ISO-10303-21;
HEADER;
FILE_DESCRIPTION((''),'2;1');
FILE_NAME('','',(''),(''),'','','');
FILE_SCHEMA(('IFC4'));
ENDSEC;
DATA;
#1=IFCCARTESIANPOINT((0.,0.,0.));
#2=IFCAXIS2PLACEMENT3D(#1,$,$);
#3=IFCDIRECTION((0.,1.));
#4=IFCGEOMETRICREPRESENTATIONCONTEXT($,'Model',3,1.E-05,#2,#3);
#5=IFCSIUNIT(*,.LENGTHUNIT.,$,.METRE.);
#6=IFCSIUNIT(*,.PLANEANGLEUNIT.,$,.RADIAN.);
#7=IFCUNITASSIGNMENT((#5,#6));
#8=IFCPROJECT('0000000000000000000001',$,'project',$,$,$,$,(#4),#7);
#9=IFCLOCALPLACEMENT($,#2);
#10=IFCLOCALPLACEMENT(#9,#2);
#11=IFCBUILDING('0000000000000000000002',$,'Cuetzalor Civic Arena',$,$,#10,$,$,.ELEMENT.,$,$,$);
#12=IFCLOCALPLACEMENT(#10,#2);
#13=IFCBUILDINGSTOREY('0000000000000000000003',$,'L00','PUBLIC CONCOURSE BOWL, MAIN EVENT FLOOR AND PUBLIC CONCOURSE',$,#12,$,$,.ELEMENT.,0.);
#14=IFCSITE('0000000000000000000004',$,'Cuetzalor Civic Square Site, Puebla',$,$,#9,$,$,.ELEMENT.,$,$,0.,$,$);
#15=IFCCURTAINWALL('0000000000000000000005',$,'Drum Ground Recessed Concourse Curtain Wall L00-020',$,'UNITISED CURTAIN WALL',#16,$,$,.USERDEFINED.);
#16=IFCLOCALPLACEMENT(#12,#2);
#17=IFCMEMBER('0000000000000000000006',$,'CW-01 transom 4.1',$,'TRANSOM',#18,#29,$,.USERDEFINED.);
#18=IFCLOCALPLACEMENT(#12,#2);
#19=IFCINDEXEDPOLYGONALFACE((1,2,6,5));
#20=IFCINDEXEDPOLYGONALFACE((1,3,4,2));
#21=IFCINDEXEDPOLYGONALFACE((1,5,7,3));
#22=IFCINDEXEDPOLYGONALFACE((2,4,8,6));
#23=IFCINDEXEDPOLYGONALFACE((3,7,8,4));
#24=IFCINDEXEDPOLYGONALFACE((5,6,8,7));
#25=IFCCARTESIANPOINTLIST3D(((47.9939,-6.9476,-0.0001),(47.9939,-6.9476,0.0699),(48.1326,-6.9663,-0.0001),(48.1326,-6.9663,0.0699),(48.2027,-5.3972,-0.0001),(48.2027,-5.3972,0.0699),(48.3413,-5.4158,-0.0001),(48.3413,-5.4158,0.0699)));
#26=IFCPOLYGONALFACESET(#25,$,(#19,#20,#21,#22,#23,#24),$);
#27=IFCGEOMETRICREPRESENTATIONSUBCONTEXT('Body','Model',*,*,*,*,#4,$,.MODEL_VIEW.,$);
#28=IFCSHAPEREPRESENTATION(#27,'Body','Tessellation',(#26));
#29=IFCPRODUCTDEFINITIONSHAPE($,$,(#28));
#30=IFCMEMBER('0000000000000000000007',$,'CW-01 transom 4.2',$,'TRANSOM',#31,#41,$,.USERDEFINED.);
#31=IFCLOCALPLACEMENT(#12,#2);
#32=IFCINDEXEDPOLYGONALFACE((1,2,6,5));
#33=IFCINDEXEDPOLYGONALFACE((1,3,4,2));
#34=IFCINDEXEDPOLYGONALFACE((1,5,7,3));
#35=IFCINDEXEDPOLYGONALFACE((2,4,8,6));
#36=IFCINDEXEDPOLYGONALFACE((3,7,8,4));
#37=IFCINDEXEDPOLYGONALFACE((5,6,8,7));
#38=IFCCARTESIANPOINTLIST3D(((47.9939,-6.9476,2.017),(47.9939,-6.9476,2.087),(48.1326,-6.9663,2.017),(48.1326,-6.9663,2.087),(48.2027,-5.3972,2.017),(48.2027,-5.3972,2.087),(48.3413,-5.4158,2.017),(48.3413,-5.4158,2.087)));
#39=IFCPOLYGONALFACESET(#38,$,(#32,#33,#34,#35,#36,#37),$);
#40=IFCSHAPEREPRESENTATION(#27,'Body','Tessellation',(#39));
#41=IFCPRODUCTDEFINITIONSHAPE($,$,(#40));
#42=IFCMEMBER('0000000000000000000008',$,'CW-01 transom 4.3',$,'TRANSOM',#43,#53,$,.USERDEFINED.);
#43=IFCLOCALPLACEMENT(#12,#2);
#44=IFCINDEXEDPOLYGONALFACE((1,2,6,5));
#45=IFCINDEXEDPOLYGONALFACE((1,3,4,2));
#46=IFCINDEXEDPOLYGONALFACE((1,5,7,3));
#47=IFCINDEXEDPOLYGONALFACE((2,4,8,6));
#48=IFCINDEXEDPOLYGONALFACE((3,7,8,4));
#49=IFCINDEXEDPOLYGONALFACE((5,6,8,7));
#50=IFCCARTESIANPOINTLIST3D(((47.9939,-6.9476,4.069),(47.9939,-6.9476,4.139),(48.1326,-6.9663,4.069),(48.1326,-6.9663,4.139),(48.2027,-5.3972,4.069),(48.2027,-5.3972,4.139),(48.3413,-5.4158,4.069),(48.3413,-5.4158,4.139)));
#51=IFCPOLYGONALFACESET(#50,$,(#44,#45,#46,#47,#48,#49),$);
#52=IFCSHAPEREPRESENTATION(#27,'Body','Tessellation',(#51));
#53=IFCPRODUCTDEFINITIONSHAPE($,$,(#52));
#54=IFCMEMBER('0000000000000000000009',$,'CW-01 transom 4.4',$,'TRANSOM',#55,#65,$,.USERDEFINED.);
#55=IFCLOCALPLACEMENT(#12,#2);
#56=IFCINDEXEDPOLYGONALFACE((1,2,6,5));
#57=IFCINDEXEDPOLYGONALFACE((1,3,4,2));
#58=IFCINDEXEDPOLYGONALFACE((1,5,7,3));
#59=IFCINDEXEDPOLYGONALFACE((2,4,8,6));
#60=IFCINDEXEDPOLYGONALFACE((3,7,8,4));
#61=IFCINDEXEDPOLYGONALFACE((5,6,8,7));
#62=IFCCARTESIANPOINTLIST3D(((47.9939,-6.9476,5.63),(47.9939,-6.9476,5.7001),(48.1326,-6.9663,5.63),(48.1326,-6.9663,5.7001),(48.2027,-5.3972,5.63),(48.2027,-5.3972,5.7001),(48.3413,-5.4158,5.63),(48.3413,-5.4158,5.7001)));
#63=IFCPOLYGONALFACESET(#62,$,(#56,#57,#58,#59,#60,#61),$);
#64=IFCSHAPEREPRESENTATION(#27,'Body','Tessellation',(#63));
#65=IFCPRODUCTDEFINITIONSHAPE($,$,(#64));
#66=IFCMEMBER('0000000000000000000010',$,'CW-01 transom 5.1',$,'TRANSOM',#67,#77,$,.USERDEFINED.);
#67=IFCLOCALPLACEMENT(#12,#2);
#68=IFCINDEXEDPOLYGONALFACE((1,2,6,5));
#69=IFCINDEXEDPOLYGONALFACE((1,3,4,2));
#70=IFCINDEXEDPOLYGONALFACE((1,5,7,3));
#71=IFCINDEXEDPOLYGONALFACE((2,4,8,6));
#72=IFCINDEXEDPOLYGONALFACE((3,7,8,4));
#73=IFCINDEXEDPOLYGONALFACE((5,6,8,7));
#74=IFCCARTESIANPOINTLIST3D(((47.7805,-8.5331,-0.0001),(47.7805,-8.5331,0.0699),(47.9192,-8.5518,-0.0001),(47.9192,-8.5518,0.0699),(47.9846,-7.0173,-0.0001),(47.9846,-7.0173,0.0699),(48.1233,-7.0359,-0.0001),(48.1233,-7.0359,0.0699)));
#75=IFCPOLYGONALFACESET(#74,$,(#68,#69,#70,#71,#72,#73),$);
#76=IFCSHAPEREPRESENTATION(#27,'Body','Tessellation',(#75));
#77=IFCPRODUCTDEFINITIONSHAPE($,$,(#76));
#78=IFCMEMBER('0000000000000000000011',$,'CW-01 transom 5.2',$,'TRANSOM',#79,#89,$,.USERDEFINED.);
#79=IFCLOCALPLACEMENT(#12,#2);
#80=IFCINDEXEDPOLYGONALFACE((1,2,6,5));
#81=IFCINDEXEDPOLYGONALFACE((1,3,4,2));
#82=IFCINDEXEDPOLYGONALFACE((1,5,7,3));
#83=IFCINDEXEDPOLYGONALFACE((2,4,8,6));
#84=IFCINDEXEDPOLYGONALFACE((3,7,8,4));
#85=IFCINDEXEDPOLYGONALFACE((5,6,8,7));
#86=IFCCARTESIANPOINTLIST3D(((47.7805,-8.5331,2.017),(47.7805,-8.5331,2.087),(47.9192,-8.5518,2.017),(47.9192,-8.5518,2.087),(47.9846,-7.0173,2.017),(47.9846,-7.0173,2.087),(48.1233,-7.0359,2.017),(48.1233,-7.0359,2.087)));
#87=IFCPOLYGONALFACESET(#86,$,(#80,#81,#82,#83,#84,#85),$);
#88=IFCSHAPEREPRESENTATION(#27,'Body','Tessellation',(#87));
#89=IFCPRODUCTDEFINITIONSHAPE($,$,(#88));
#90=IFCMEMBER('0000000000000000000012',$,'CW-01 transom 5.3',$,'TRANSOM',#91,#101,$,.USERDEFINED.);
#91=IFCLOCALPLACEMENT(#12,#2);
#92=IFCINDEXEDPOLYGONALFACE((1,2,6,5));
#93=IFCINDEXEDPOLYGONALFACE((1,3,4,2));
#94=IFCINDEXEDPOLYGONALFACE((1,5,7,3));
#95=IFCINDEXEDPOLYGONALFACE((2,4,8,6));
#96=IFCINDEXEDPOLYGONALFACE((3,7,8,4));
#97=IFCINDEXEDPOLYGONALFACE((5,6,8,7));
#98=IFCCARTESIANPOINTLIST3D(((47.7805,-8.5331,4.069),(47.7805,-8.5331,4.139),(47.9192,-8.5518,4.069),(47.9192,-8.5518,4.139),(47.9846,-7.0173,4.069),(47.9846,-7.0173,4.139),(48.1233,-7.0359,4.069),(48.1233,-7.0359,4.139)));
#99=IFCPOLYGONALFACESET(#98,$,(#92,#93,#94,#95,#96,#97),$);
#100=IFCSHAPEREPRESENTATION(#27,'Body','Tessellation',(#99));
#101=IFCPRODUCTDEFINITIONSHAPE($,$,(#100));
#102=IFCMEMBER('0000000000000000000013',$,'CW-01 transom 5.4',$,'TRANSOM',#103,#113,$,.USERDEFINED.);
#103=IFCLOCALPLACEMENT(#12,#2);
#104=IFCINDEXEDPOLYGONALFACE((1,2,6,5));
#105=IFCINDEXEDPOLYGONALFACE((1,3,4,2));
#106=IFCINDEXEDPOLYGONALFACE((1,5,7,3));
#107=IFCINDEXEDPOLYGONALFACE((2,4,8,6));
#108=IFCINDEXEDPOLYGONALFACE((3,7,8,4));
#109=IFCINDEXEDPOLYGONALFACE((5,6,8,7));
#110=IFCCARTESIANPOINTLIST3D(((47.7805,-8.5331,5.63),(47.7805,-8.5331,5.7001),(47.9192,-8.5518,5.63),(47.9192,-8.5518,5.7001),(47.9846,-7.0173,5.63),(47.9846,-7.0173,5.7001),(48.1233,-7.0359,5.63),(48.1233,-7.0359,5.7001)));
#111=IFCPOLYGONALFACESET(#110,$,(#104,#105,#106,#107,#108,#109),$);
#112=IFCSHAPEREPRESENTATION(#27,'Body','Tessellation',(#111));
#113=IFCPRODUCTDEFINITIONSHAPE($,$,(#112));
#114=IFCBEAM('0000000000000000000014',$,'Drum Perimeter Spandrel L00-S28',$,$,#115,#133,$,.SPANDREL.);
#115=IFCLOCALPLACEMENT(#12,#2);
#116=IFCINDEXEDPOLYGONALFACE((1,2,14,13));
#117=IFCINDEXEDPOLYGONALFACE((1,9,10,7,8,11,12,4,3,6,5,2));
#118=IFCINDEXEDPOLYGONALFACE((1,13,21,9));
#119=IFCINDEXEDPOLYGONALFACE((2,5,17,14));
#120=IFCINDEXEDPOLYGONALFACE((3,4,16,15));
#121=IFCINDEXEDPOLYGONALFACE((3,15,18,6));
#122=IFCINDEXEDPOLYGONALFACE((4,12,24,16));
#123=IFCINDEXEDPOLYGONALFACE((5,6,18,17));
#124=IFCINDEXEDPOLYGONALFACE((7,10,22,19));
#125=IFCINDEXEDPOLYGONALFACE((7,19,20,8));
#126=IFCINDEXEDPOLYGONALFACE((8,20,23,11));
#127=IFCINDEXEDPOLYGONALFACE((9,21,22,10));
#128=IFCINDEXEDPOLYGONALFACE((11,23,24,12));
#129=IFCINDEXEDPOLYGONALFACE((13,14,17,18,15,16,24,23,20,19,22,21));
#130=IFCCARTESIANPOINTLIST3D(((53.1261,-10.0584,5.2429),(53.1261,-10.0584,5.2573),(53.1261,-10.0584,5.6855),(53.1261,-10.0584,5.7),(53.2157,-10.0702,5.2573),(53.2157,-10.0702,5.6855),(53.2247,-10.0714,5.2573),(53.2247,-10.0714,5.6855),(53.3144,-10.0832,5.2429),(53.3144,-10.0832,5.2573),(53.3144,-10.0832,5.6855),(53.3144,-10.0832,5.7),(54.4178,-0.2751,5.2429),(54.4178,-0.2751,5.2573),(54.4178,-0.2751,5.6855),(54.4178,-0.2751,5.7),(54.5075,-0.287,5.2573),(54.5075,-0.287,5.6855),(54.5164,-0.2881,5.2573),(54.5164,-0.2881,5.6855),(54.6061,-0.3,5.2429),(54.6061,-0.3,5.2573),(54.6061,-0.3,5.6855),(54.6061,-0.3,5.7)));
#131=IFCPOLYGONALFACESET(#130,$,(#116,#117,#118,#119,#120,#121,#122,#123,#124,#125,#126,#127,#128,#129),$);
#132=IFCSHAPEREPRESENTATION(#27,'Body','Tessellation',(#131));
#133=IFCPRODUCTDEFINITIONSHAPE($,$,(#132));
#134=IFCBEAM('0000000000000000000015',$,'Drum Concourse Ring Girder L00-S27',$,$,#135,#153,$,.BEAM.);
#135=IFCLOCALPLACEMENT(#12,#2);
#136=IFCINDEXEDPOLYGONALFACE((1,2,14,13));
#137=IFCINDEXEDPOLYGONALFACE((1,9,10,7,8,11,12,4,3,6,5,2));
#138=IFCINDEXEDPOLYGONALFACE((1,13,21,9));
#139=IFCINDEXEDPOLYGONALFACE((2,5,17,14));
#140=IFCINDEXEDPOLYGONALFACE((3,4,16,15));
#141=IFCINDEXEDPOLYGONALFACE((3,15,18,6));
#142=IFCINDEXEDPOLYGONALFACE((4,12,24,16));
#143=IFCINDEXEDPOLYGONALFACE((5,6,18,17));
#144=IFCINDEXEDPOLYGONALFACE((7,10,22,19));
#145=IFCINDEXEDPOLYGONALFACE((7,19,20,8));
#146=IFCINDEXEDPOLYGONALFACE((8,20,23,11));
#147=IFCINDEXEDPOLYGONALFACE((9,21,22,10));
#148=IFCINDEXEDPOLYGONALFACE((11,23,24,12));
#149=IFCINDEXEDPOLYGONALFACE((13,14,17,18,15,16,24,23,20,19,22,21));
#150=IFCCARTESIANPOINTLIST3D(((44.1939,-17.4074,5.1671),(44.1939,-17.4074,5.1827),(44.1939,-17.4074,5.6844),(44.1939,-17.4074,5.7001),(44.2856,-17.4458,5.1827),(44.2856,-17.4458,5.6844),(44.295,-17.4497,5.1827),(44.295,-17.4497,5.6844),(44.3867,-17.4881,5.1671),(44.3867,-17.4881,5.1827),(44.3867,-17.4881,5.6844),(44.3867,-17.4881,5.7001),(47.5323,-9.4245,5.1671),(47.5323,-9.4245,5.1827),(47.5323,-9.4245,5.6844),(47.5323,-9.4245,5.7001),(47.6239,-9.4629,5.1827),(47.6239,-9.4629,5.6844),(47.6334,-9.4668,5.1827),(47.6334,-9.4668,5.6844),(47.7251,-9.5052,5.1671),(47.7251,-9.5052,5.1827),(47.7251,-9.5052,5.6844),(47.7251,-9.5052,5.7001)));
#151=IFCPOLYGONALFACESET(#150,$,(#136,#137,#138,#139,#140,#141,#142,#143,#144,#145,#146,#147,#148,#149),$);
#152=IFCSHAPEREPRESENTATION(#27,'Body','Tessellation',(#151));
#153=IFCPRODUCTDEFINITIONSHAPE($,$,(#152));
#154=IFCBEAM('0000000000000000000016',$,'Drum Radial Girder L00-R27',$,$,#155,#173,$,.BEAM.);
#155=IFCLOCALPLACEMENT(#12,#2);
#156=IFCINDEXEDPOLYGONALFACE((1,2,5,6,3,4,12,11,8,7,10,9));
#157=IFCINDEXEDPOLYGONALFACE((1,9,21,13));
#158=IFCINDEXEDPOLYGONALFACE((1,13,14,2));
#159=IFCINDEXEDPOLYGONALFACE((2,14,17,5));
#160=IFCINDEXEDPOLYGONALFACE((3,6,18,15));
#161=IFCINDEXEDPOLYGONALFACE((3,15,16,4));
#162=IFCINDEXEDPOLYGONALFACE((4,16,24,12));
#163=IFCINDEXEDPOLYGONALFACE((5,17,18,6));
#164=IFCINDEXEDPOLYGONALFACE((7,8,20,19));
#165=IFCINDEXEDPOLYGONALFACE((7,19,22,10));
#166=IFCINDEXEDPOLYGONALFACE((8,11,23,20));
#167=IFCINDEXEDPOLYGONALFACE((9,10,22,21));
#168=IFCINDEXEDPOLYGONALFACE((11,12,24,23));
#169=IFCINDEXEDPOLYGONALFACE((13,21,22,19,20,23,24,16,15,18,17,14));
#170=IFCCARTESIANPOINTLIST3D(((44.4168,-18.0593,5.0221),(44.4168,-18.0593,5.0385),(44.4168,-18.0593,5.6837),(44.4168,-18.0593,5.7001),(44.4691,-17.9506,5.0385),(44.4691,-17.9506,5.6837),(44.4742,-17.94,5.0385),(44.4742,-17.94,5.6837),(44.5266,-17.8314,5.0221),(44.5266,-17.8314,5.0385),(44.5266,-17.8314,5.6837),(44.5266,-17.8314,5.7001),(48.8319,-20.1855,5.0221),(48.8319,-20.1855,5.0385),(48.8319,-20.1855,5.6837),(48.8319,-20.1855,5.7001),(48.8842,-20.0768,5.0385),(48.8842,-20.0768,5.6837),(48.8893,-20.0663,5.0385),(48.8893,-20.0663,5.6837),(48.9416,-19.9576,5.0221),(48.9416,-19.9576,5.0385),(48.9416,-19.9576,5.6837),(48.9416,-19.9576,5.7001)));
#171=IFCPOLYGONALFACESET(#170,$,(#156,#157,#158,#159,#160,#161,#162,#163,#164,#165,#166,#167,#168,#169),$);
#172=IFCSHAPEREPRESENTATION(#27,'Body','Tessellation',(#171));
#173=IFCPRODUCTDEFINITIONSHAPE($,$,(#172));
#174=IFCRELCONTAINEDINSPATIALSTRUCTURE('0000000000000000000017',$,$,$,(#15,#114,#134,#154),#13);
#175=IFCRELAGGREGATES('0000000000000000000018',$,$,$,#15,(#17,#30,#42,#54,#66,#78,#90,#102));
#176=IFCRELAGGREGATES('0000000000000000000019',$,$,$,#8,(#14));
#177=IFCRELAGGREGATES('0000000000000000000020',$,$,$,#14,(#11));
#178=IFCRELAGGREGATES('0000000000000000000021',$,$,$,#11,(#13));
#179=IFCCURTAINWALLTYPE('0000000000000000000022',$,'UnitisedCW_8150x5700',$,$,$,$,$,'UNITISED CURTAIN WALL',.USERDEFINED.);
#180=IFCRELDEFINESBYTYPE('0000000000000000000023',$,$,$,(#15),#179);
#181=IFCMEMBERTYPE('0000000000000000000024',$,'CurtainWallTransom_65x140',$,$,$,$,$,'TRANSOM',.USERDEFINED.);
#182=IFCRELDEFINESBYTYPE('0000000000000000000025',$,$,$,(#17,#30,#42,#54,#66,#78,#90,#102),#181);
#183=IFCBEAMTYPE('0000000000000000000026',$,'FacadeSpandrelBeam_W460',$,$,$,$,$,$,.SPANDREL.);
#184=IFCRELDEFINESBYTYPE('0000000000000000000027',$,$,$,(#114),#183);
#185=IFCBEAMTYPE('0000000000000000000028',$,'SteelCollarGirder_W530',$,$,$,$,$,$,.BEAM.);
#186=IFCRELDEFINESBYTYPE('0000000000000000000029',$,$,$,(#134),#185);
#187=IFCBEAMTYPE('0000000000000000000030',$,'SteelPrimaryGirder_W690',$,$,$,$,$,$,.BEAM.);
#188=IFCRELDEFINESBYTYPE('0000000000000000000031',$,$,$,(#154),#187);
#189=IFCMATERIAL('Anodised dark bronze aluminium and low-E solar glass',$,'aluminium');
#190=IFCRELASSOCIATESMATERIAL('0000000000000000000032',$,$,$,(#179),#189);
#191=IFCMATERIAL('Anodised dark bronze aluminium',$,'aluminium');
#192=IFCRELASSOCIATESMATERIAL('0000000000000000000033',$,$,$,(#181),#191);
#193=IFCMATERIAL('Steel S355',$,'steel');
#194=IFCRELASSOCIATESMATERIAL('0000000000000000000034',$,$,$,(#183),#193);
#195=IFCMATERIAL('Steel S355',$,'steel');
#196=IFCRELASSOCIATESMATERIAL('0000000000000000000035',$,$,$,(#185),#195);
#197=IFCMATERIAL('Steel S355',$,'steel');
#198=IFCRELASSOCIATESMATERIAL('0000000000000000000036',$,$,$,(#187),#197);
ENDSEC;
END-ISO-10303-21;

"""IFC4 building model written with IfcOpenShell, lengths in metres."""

from ifc_helpers import new_model, si_unit, direction, frame, origin, origin_2d, place, context, subcontext, project, spatial, rectangle, i_section, extrude, material, material_profile, profile_set, type_object, element, aggregate, save


model = new_model("IFC4")

# Units and contexts
model_context = context("Model", 3, precision=1e-05, world=origin(), true_north=direction((0.0, 1.0)))
body_context = subcontext(model_context, "Body", "Model", "MODEL_VIEW")
ifc_project = project(units=[si_unit("LENGTHUNIT", "METRE"), si_unit("PLANEANGLEUNIT", "RADIAN")], contexts=[model_context])

# Site, building, storey
site_placement = place(None, origin())
site = spatial("IfcSite", under=ifc_project, at=site_placement, Name="Cuetzalor Civic Square Site, Puebla", CompositionType="ELEMENT", RefElevation=0.0)
building_placement = place(site_placement, origin())
building = spatial("IfcBuilding", under=site, at=building_placement, Name="Cuetzalor Civic Arena", CompositionType="ELEMENT")
storey_placement = place(building_placement, origin())
storey = spatial("IfcBuildingStorey", under=building, at=storey_placement, Name="L00", Description="PUBLIC CONCOURSE BOWL, MAIN EVENT FLOOR AND PUBLIC CONCOURSE", CompositionType="ELEMENT", Elevation=0.0)

# Curtain wall
ifc_material_1 = material(Name="Anodised dark bronze aluminium and low-E solar glass", Category="aluminium")
curtain_wall_type_1 = type_object("IfcCurtainWallType", Name="UnitisedCW_8150x5700", ElementType="UNITISED CURTAIN WALL", PredefinedType="USERDEFINED", material=ifc_material_1)
curtain_wall_1_placement = place(storey_placement, origin())
curtain_wall_1 = element("IfcCurtainWall", 1, at=curtain_wall_1_placement, inside=storey, type_object=curtain_wall_type_1, Name="Drum Ground Recessed Concourse Curtain Wall L00-020", ObjectType="UNITISED CURTAIN WALL", PredefinedType="USERDEFINED")

# Members
ifc_material_2 = material(Name="Anodised dark bronze aluminium", Category="aluminium")
ifc_material_profile_1 = material_profile(ifc_material_2, rectangle(XDim=0.1399, YDim=0.0701, at=origin_2d()), Name="ALU TRANSOM 70x140")
ifc_profile_set_1 = profile_set([ifc_material_profile_1], Name="Anodised dark bronze aluminium")
member_type_1 = type_object("IfcMemberType", Name="CurtainWallTransom_65x140", ElementType="TRANSOM", PredefinedType="USERDEFINED", material=ifc_profile_set_1)
member_1_placement = place(storey_placement, frame((48.272, -5.4065, 0.0349), z_axis=(-0.133421, -0.991059, 0.0), x_axis=(0.991059, -0.133421, 0.0)))
member_1 = element("IfcMember", 2, at=member_1_placement, type_object=member_type_1, Name="CW-01 transom 4.1", ObjectType="TRANSOM", PredefinedType="USERDEFINED", context=body_context, shape_type="SweptSolid", body=[
    extrude(rectangle(XDim=0.1399, YDim=0.0701, at=origin_2d()), origin(), (0.0, 0.0, 1.0), 1.5645),
])
member_2_placement = place(storey_placement, frame((48.272, -5.4065, 2.052), z_axis=(-0.133421, -0.991059, 0.0), x_axis=(0.991059, -0.133421, 0.0)))
member_2 = element("IfcMember", 3, at=member_2_placement, type_object=member_type_1, Name="CW-01 transom 4.2", ObjectType="TRANSOM", PredefinedType="USERDEFINED", context=body_context, shape_type="SweptSolid", body=[
    extrude(rectangle(XDim=0.1399, YDim=0.0701, at=origin_2d()), origin(), (0.0, 0.0, 1.0), 1.5645),
])
member_3_placement = place(storey_placement, frame((48.272, -5.4065, 4.104), z_axis=(-0.133421, -0.991059, 0.0), x_axis=(0.991059, -0.133421, 0.0)))
member_3 = element("IfcMember", 4, at=member_3_placement, type_object=member_type_1, Name="CW-01 transom 4.3", ObjectType="TRANSOM", PredefinedType="USERDEFINED", context=body_context, shape_type="SweptSolid", body=[
    extrude(rectangle(XDim=0.1399, YDim=0.0701, at=origin_2d()), origin(), (0.0, 0.0, 1.0), 1.5645),
])
member_4_placement = place(storey_placement, frame((48.272, -5.4065, 5.665), z_axis=(-0.133421, -0.991059, 0.0), x_axis=(0.991059, -0.133421, 0.0)))
member_4 = element("IfcMember", 5, at=member_4_placement, type_object=member_type_1, Name="CW-01 transom 4.4", ObjectType="TRANSOM", PredefinedType="USERDEFINED", context=body_context, shape_type="SweptSolid", body=[
    extrude(rectangle(XDim=0.1399, YDim=0.0701, at=origin_2d()), origin(), (0.0, 0.0, 1.0), 1.5645),
])
member_5_placement = place(storey_placement, frame((48.054, -7.0266, 0.0349), z_axis=(-0.133439, -0.991057, 0.0), x_axis=(0.991057, -0.133439, 0.0)))
member_5 = element("IfcMember", 6, at=member_5_placement, type_object=member_type_1, Name="CW-01 transom 5.1", ObjectType="TRANSOM", PredefinedType="USERDEFINED", context=body_context, shape_type="SweptSolid", body=[
    extrude(rectangle(XDim=0.1399, YDim=0.0701, at=origin_2d()), origin(), (0.0, 0.0, 1.0), 1.5295),
])
member_6_placement = place(storey_placement, frame((48.054, -7.0266, 2.052), z_axis=(-0.133439, -0.991057, 0.0), x_axis=(0.991057, -0.133439, 0.0)))
member_6 = element("IfcMember", 7, at=member_6_placement, type_object=member_type_1, Name="CW-01 transom 5.2", ObjectType="TRANSOM", PredefinedType="USERDEFINED", context=body_context, shape_type="SweptSolid", body=[
    extrude(rectangle(XDim=0.1399, YDim=0.0701, at=origin_2d()), origin(), (0.0, 0.0, 1.0), 1.5295),
])
member_7_placement = place(storey_placement, frame((48.054, -7.0266, 4.104), z_axis=(-0.133439, -0.991057, 0.0), x_axis=(0.991057, -0.133439, 0.0)))
member_7 = element("IfcMember", 8, at=member_7_placement, type_object=member_type_1, Name="CW-01 transom 5.3", ObjectType="TRANSOM", PredefinedType="USERDEFINED", context=body_context, shape_type="SweptSolid", body=[
    extrude(rectangle(XDim=0.1399, YDim=0.0701, at=origin_2d()), origin(), (0.0, 0.0, 1.0), 1.5295),
])
member_8_placement = place(storey_placement, frame((48.054, -7.0266, 5.665), z_axis=(-0.133439, -0.991057, 0.0), x_axis=(0.991057, -0.133439, 0.0)))
member_8 = element("IfcMember", 9, at=member_8_placement, type_object=member_type_1, Name="CW-01 transom 5.4", ObjectType="TRANSOM", PredefinedType="USERDEFINED", context=body_context, shape_type="SweptSolid", body=[
    extrude(rectangle(XDim=0.1399, YDim=0.0701, at=origin_2d()), origin(), (0.0, 0.0, 1.0), 1.5295),
])

# Beams
ifc_material_3 = material(Name="Steel S355", Category="steel")
ifc_material_profile_2 = material_profile(ifc_material_3, i_section(OverallWidth=0.1899, OverallDepth=0.457, WebThickness=0.009, FlangeThickness=0.0144, at=origin_2d()), Name="W460x74")
ifc_profile_set_2 = profile_set([ifc_material_profile_2], Name="Steel S355")
beam_type_1 = type_object("IfcBeamType", Name="FacadeSpandrelBeam_W460", PredefinedType="SPANDREL", material=ifc_profile_set_2)
beam_1_placement = place(storey_placement, frame((53.2202, -10.0708, 5.4714), z_axis=(0.130901, 0.991395, 0.0), x_axis=(-0.991395, 0.130901, 0.0)))
element("IfcBeam", 10, at=beam_1_placement, inside=storey, type_object=beam_type_1, Name="Drum Perimeter Spandrel L00-S28", PredefinedType="SPANDREL", context=body_context, shape_type="SweptSolid", body=[
    extrude(i_section(OverallWidth=0.1899, OverallDepth=0.457, WebThickness=0.009, FlangeThickness=0.0144, at=origin_2d()), origin(), (0.0, 0.0, 1.0), 9.8682),
])
ifc_material_4 = material(Name="Steel S355", Category="steel")
ifc_material_profile_3 = material_profile(ifc_material_4, i_section(OverallWidth=0.209, OverallDepth=0.533, WebThickness=0.0103, FlangeThickness=0.0156, at=origin_2d()), Name="W530x92")
ifc_profile_set_3 = profile_set([ifc_material_profile_3], Name="Steel S355")
beam_type_2 = type_object("IfcBeamType", Name="SteelCollarGirder_W530", PredefinedType="BEAM", material=ifc_profile_set_3)
beam_2_placement = place(storey_placement, frame((44.2903, -17.4478, 5.4336), z_axis=(0.385813, 0.922577, 0.0), x_axis=(-0.922577, 0.385813, 0.0)))
element("IfcBeam", 11, at=beam_2_placement, inside=storey, type_object=beam_type_2, Name="Drum Concourse Ring Girder L00-S27", PredefinedType="BEAM", context=body_context, shape_type="SweptSolid", body=[
    extrude(i_section(OverallWidth=0.209, OverallDepth=0.533, WebThickness=0.0103, FlangeThickness=0.0156, at=origin_2d()), origin(), (0.0, 0.0, 1.0), 8.6528),
])
ifc_material_5 = material(Name="Steel S355", Category="steel")
ifc_material_profile_4 = material_profile(ifc_material_5, i_section(OverallWidth=0.2529, OverallDepth=0.678, WebThickness=0.0117, FlangeThickness=0.0164, at=origin_2d()), Name="W690x125")
ifc_profile_set_4 = profile_set([ifc_material_profile_4], Name="Steel S355")
beam_type_3 = type_object("IfcBeamType", Name="SteelPrimaryGirder_W690", PredefinedType="BEAM", material=ifc_profile_set_4)
beam_3_placement = place(storey_placement, frame((44.4717, -17.9453, 5.3611), z_axis=(0.900965, -0.433892, 0.0), x_axis=(0.433892, 0.900965, 0.0)))
element("IfcBeam", 12, at=beam_3_placement, inside=storey, type_object=beam_type_3, Name="Drum Radial Girder L00-R27", PredefinedType="BEAM", context=body_context, shape_type="SweptSolid", body=[
    extrude(i_section(OverallWidth=0.2529, OverallDepth=0.678, WebThickness=0.0117, FlangeThickness=0.0164, at=origin_2d()), origin(), (0.0, 0.0, 1.0), 4.9004),
])

aggregate(curtain_wall_1, [member_1, member_2, member_3, member_4, member_5, member_6, member_7, member_8])

save(model, "model.ifc")
